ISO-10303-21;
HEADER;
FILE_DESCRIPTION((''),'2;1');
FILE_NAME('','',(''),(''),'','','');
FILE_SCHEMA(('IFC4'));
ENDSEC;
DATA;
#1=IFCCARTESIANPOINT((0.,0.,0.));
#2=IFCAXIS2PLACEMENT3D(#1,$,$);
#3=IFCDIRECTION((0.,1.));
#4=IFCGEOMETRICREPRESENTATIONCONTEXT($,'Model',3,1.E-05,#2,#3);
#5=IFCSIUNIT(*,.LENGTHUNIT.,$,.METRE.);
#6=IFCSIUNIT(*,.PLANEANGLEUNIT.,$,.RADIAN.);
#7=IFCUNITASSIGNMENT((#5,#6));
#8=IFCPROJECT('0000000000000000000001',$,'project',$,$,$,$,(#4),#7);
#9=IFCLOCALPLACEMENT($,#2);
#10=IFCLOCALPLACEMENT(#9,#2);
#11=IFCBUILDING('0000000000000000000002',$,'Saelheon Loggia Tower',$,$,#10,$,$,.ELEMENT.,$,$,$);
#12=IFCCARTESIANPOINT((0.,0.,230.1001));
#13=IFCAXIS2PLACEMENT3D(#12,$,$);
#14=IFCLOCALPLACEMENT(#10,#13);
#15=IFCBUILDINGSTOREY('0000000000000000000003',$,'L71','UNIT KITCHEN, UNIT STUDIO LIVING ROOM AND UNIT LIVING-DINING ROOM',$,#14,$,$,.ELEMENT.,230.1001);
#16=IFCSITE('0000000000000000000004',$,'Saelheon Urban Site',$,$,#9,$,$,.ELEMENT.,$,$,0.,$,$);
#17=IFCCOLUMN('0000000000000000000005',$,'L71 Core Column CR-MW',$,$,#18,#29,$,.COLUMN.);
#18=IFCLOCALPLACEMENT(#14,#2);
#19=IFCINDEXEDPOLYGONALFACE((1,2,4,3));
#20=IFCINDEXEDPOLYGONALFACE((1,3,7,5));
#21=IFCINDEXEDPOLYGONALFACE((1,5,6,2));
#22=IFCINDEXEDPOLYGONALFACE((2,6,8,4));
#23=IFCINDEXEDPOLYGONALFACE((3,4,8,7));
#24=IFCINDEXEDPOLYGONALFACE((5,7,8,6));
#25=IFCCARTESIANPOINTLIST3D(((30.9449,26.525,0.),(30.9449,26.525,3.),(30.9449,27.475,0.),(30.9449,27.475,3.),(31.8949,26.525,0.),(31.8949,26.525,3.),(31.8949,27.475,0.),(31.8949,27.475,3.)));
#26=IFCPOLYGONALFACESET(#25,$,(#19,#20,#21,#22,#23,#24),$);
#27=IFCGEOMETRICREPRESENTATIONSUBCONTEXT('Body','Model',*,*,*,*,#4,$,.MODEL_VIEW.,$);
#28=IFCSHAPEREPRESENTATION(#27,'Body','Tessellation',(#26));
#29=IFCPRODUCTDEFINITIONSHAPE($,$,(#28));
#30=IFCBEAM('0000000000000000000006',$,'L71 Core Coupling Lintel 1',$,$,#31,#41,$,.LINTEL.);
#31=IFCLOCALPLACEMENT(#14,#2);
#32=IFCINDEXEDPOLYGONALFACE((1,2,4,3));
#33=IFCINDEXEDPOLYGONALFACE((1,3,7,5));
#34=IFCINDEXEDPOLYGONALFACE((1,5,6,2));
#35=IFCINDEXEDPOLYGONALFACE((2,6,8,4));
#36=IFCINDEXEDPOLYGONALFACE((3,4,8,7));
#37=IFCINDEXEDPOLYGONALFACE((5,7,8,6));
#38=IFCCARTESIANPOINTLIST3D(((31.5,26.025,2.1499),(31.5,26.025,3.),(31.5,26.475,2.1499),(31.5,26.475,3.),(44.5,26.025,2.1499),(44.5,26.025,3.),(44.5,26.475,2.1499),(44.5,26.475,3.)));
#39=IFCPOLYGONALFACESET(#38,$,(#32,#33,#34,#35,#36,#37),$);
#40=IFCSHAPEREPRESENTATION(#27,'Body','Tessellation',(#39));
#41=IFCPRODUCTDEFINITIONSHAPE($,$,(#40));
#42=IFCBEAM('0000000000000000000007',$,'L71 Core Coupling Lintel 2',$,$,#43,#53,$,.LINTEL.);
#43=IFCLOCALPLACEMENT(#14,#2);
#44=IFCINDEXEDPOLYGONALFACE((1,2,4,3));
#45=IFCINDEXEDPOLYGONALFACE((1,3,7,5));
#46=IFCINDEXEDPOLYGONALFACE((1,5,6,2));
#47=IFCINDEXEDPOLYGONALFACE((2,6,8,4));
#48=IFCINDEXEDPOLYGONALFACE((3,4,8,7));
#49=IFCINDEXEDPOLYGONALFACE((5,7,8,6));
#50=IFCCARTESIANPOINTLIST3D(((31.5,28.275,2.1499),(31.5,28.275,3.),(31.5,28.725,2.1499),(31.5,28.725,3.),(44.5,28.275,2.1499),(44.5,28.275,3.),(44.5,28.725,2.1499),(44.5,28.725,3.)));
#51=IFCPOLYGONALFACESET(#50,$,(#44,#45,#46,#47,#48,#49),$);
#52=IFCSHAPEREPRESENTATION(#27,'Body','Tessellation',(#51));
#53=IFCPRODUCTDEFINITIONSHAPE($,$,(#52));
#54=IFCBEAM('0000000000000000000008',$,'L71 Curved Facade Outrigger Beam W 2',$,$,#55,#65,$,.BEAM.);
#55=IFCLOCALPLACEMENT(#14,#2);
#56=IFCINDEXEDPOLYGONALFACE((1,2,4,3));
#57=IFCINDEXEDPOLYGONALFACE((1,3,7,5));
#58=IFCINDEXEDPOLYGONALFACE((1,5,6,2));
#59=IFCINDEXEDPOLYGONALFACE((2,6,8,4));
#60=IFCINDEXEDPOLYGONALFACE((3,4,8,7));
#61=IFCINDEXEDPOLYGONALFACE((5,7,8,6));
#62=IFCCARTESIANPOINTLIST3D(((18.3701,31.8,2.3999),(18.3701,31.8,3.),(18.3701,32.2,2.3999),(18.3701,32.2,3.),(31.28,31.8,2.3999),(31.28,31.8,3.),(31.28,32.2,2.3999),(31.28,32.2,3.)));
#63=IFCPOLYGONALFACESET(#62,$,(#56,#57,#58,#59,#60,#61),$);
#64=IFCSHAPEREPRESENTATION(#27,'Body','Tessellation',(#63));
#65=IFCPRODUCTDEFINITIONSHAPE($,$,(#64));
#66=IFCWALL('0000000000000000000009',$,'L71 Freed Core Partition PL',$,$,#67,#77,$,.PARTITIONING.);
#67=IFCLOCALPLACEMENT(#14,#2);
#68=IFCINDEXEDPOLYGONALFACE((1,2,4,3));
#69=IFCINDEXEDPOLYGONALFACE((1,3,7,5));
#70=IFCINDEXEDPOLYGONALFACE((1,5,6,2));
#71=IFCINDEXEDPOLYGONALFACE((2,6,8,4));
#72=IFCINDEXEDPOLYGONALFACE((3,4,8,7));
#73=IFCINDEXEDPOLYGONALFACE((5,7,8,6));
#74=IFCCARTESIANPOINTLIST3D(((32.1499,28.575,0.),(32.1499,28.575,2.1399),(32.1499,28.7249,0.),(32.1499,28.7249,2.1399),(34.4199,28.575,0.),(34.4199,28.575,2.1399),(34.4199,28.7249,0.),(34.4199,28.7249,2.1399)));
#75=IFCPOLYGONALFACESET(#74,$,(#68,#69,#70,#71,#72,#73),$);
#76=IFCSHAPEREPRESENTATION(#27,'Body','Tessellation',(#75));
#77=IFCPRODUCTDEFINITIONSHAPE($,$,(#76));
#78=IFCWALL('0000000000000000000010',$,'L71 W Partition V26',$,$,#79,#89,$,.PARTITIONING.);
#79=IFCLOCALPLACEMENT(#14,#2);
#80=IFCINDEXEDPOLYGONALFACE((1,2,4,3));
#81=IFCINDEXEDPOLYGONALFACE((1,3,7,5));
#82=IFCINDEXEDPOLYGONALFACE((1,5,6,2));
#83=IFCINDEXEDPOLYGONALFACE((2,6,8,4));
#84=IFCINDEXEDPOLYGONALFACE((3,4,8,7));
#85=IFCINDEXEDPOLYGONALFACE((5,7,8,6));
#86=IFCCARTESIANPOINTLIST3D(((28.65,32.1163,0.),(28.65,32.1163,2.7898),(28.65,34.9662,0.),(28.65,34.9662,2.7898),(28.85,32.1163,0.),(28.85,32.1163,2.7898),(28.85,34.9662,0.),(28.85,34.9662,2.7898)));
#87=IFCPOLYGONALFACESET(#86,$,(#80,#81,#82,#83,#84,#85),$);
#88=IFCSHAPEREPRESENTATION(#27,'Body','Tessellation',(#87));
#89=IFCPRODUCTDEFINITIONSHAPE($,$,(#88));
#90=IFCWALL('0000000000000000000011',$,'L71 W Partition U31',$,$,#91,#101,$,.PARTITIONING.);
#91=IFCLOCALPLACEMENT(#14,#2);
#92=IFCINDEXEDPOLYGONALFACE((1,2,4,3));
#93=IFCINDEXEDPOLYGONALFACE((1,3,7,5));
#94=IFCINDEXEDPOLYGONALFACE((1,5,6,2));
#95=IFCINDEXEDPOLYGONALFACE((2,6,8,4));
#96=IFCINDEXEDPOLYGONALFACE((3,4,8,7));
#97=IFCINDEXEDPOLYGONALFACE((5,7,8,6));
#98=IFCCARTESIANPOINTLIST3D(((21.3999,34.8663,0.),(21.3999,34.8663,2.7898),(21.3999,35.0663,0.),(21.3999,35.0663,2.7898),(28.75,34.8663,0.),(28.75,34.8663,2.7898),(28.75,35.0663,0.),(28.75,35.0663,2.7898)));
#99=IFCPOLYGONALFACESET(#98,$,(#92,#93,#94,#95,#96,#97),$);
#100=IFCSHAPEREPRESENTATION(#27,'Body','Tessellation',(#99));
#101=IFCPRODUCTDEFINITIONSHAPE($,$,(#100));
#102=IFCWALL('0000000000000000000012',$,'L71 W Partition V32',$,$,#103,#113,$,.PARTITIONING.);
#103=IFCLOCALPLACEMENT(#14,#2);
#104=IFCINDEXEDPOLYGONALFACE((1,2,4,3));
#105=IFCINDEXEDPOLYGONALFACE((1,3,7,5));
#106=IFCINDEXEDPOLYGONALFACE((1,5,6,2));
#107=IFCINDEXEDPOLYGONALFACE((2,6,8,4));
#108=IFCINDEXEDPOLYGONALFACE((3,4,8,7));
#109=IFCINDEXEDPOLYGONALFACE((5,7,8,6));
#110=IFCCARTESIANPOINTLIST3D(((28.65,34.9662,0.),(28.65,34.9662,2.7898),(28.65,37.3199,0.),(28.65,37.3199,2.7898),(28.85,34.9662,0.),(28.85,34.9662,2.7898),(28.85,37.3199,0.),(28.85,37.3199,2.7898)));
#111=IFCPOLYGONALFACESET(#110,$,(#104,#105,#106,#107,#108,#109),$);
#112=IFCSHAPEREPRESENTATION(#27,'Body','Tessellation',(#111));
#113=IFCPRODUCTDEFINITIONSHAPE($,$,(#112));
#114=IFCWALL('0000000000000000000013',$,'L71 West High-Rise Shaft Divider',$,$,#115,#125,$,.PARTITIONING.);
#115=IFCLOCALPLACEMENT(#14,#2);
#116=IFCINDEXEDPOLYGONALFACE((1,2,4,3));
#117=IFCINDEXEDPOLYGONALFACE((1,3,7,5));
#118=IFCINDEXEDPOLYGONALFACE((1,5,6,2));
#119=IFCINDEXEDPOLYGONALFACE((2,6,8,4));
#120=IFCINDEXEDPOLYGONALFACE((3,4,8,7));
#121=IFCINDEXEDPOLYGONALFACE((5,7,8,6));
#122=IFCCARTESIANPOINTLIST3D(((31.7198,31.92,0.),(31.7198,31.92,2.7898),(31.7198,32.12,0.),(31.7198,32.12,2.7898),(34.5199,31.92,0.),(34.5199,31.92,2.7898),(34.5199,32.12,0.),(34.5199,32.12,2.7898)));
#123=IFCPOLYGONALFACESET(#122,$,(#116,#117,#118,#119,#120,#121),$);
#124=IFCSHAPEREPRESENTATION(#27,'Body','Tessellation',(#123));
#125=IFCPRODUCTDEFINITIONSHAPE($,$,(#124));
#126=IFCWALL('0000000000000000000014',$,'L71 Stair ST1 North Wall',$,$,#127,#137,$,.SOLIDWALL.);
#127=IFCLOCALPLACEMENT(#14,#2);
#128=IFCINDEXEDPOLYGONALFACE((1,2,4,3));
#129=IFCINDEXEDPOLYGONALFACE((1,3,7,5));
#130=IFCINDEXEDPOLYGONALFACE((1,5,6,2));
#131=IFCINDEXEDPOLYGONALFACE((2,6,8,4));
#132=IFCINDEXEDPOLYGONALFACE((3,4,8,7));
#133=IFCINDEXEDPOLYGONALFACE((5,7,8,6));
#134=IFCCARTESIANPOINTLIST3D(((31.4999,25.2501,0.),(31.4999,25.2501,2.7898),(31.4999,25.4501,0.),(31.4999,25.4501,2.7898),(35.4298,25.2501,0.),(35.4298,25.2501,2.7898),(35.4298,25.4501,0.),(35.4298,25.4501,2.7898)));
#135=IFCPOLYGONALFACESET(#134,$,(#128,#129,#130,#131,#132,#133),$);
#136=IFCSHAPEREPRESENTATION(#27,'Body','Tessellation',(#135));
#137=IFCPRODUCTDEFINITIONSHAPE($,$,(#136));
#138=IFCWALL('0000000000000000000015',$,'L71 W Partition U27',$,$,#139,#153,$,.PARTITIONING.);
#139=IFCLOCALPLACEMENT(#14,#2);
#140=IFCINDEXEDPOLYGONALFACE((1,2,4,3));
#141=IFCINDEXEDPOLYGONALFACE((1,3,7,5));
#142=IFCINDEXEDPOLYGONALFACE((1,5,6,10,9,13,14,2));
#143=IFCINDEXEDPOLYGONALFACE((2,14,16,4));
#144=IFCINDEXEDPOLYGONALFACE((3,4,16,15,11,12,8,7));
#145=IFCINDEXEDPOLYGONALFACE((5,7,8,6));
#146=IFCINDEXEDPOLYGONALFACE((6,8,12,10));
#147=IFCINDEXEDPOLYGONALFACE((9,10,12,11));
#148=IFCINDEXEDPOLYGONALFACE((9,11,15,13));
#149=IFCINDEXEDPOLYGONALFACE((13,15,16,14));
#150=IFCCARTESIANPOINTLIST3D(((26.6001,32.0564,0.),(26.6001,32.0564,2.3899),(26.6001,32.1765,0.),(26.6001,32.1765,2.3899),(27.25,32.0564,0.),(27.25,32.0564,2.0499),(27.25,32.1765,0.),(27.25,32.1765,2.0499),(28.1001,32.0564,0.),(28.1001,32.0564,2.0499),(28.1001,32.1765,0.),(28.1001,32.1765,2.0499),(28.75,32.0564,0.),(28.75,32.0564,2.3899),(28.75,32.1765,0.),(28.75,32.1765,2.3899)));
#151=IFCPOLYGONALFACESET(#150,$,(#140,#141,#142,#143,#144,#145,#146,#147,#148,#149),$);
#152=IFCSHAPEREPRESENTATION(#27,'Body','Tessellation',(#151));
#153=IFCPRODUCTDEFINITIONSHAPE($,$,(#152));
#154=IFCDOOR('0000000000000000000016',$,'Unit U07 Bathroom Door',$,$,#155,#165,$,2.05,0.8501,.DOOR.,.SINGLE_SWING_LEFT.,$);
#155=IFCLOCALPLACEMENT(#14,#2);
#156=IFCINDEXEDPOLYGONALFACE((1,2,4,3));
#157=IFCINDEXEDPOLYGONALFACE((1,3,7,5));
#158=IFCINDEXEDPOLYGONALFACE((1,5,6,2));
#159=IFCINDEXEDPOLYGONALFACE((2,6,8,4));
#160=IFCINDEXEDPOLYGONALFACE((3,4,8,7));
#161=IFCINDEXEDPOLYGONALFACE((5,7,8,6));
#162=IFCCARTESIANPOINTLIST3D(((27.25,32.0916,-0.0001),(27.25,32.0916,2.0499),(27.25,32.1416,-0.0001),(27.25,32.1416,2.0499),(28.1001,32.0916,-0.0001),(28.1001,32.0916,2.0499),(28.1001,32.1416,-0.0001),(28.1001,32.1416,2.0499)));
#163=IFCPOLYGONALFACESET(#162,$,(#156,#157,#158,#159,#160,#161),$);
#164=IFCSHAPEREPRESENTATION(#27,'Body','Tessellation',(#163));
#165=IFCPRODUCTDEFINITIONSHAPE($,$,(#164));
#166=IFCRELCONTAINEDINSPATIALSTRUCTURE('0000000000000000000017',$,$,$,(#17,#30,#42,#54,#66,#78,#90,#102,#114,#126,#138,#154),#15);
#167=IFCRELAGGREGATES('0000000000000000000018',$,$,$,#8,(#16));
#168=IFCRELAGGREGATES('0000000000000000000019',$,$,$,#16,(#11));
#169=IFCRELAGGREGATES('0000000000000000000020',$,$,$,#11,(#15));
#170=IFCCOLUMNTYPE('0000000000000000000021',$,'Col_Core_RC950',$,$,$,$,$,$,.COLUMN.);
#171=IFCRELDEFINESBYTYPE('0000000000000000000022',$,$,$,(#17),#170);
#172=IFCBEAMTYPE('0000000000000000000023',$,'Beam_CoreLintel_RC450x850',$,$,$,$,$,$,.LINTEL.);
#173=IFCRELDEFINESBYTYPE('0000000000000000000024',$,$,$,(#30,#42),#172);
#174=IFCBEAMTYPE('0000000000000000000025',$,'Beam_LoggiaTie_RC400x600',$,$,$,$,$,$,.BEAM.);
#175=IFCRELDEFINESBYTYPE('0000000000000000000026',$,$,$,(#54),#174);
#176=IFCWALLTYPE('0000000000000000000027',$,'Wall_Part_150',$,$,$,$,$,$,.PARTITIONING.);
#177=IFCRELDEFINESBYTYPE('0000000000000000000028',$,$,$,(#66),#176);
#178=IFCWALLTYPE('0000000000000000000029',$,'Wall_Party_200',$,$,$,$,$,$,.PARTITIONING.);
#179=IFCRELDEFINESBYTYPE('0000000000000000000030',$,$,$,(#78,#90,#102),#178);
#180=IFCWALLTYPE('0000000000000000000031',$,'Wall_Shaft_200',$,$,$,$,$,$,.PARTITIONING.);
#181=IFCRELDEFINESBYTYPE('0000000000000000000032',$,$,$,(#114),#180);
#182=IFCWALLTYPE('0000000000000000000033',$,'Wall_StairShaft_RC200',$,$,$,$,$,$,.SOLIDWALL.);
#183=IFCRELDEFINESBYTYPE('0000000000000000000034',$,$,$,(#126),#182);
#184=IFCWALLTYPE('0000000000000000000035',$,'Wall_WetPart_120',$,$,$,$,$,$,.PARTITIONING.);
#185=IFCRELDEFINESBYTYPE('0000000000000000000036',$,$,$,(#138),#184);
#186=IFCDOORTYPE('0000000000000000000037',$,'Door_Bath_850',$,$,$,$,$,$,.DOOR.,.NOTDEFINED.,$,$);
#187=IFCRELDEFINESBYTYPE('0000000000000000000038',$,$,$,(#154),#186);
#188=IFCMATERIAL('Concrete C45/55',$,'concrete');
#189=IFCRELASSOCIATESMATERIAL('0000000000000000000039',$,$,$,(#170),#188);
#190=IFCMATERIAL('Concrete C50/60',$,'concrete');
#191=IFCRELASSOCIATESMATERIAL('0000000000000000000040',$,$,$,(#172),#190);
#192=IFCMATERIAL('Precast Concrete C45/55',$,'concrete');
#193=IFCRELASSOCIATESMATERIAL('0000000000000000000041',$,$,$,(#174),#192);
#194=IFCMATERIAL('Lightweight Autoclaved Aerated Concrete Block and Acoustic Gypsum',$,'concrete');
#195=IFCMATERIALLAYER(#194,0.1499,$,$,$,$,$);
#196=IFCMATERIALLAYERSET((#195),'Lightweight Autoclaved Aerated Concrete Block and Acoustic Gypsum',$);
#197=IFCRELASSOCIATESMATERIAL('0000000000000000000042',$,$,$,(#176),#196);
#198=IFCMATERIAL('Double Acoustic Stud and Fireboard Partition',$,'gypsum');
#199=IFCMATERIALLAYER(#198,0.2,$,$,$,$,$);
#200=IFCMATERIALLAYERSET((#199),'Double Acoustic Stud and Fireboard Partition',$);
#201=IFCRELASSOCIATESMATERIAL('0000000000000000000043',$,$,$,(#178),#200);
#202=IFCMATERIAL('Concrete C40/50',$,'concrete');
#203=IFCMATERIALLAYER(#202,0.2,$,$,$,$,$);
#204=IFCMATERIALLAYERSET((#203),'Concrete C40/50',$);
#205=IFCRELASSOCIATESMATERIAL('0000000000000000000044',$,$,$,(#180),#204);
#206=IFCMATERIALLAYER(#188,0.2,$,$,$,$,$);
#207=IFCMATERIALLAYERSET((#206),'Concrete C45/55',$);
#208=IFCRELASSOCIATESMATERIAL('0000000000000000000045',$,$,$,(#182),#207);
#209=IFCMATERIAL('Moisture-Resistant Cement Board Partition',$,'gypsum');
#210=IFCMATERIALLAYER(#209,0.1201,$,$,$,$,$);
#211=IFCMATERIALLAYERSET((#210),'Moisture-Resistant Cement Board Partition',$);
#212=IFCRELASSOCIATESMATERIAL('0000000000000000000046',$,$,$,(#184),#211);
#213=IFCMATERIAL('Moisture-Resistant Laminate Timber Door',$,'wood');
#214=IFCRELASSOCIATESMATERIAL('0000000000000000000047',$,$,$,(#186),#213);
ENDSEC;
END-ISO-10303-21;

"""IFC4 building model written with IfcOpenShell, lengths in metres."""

from ifc_helpers import new_model, si_unit, direction, frame, frame_2d, origin, origin_2d, place, context, subcontext, project, spatial, rectangle, extrude, source, transform, mapped, material, layer, layer_set, material_profile, profile_set, type_object, element, fill, save


model = new_model("IFC4")

# Units and contexts
model_context = context("Model", 3, precision=1e-05, world=origin(), true_north=direction((0.0, 1.0)))
body_context = subcontext(model_context, "Body", "Model", "MODEL_VIEW")
ifc_project = project(units=[si_unit("LENGTHUNIT", "METRE"), si_unit("PLANEANGLEUNIT", "RADIAN")], contexts=[model_context])

# Site, building, storey
site_placement = place(None, origin())
site = spatial("IfcSite", under=ifc_project, at=site_placement, Name="Saelheon Urban Site", CompositionType="ELEMENT", RefElevation=0.0)
building_placement = place(site_placement, origin())
building = spatial("IfcBuilding", under=site, at=building_placement, Name="Saelheon Loggia Tower", CompositionType="ELEMENT")
storey_placement = place(building_placement, frame((0.0, 0.0, 230.1001)))
storey = spatial("IfcBuildingStorey", under=building, at=storey_placement, Name="L71", Description="UNIT KITCHEN, UNIT STUDIO LIVING ROOM AND UNIT LIVING-DINING ROOM", CompositionType="ELEMENT", Elevation=230.1001)

# Column
ifc_material_1 = material(Name="Concrete C45/55", Category="concrete")
ifc_material_profile_1 = material_profile(ifc_material_1, rectangle(XDim=0.95, YDim=0.95, at=origin_2d()), Name="RC-950x950")
ifc_profile_set_1 = profile_set([ifc_material_profile_1], Name="Concrete C45/55")
column_type = type_object("IfcColumnType", Name="Col_Core_RC950", PredefinedType="COLUMN", material=ifc_profile_set_1)
shared_shape_1 = source(origin(), body_context, "Body", "SweptSolid", [
    extrude(rectangle(XDim=0.95, YDim=0.95, at=origin_2d()), origin(), (0.0, 0.0, 1.0), 3.0),
])
column_placement = place(storey_placement, frame((31.4199, 27.0, 0.0), z_axis=(0.0, 0.0, 1.0), x_axis=(1.0, 0.0, 0.0)))
element("IfcColumn", 1, at=column_placement, inside=storey, type_object=column_type, Name="L71 Core Column CR-MW", PredefinedType="COLUMN", context=body_context, shape_type="MappedRepresentation", body=[
    mapped(shared_shape_1, transform((0.0, 0.0, 0.0), scale=1.0)),
])

# Beams
ifc_material_2 = material(Name="Concrete C50/60", Category="concrete")
ifc_material_profile_2 = material_profile(ifc_material_2, rectangle(XDim=0.45, YDim=0.8501, at=origin_2d()), Name="RC-450x850")
ifc_profile_set_2 = profile_set([ifc_material_profile_2], Name="Concrete C50/60")
beam_type_1 = type_object("IfcBeamType", Name="Beam_CoreLintel_RC450x850", PredefinedType="LINTEL", material=ifc_profile_set_2)
shared_shape_2 = source(origin(), body_context, "Body", "SweptSolid", [
    extrude(rectangle(XDim=0.45, YDim=0.8501, at=origin_2d()), origin(), (0.0, 0.0, 1.0), 13.0),
])
for number, where, z_axis, x_axis, name in (
    (2, (31.5, 26.25, 2.575), (1.0, 0.0, 0.0), (0.0, 1.0, 0.0), "L71 Core Coupling Lintel 1"),
    (3, (31.5, 28.5, 2.575), (1.0, 0.0, 0.0), (0.0, 1.0, 0.0), "L71 Core Coupling Lintel 2"),
):
    element("IfcBeam", number, at=place(storey_placement, frame(where, z_axis=z_axis, x_axis=x_axis)), inside=storey, type_object=beam_type_1, Name=name, PredefinedType="LINTEL", context=body_context, shape_type="MappedRepresentation", body=[
        mapped(shared_shape_2, transform((0.0, 0.0, 0.0), scale=1.0)),
    ])
ifc_material_3 = material(Name="Precast Concrete C45/55", Category="concrete")
ifc_material_profile_3 = material_profile(ifc_material_3, rectangle(XDim=0.3999, YDim=0.6001, at=origin_2d()), Name="RC-400x600")
ifc_profile_set_3 = profile_set([ifc_material_profile_3], Name="Precast Concrete C45/55")
beam_type_2 = type_object("IfcBeamType", Name="Beam_LoggiaTie_RC400x600", PredefinedType="BEAM", material=ifc_profile_set_3)
shared_shape_3 = source(origin(), body_context, "Body", "SweptSolid", [
    extrude(rectangle(XDim=0.3999, YDim=0.6001, at=origin_2d()), origin(), (0.0, 0.0, 1.0), 12.9099),
])
beam_placement = place(storey_placement, frame((31.28, 32.0, 2.7), z_axis=(-1.0, 0.0, 0.0), x_axis=(0.0, -1.0, 0.0)))
element("IfcBeam", 4, at=beam_placement, inside=storey, type_object=beam_type_2, Name="L71 Curved Facade Outrigger Beam W 2", PredefinedType="BEAM", context=body_context, shape_type="MappedRepresentation", body=[
    mapped(shared_shape_3, transform((0.0, 0.0, 0.0), scale=1.0)),
])

# Walls
ifc_material_4 = material(Name="Lightweight Autoclaved Aerated Concrete Block and Acoustic Gypsum", Category="concrete")
ifc_layer_1 = layer(ifc_material_4, 0.1499)
ifc_layer_set_1 = layer_set([ifc_layer_1], Name="Lightweight Autoclaved Aerated Concrete Block and Acoustic Gypsum")
wall_type_1 = type_object("IfcWallType", Name="Wall_Part_150", PredefinedType="PARTITIONING", material=ifc_layer_set_1)
wall_1_placement = place(storey_placement, frame((32.1499, 28.6499, 0.0), z_axis=(0.0, 0.0, 1.0), x_axis=(1.0, 0.0, 0.0)))
element("IfcWall", 5, at=wall_1_placement, inside=storey, type_object=wall_type_1, Name="L71 Freed Core Partition PL", PredefinedType="PARTITIONING", context=body_context, shape_type="SweptSolid", body=[
    extrude(rectangle(XDim=2.27, YDim=0.1499, at=frame_2d((1.135, 0.0))), origin(), (0.0, 0.0, 1.0), 2.1399),
])
ifc_material_5 = material(Name="Double Acoustic Stud and Fireboard Partition", Category="gypsum")
ifc_layer_2 = layer(ifc_material_5, 0.2)
ifc_layer_set_2 = layer_set([ifc_layer_2], Name="Double Acoustic Stud and Fireboard Partition")
wall_type_2 = type_object("IfcWallType", Name="Wall_Party_200", PredefinedType="PARTITIONING", material=ifc_layer_set_2)
wall_2_placement = place(storey_placement, frame((28.75, 32.1165, 0.0), z_axis=(0.0, 0.0, 1.0), x_axis=(0.0, 1.0, 0.0)))
element("IfcWall", 6, at=wall_2_placement, inside=storey, type_object=wall_type_2, Name="L71 W Partition V26", PredefinedType="PARTITIONING", context=body_context, shape_type="SweptSolid", body=[
    extrude(rectangle(XDim=2.8499, YDim=0.2, at=frame_2d((1.4248, 0.0))), origin(), (0.0, 0.0, 1.0), 2.7898),
])
wall_3_placement = place(storey_placement, frame((28.75, 34.9663, 0.0), z_axis=(0.0, 0.0, 1.0), x_axis=(-1.0, 0.0, 0.0)))
element("IfcWall", 7, at=wall_3_placement, inside=storey, type_object=wall_type_2, Name="L71 W Partition U31", PredefinedType="PARTITIONING", context=body_context, shape_type="SweptSolid", body=[
    extrude(rectangle(XDim=7.3501, YDim=0.2, at=frame_2d((3.675, 0.0))), origin(), (0.0, 0.0, 1.0), 2.7898),
])
wall_4_placement = place(storey_placement, frame((28.75, 34.9663, 0.0), z_axis=(0.0, 0.0, 1.0), x_axis=(0.0, 1.0, 0.0)))
element("IfcWall", 8, at=wall_4_placement, inside=storey, type_object=wall_type_2, Name="L71 W Partition V32", PredefinedType="PARTITIONING", context=body_context, shape_type="SweptSolid", body=[
    extrude(rectangle(XDim=2.3538, YDim=0.2, at=frame_2d((1.1768, 0.0))), origin(), (0.0, 0.0, 1.0), 2.7898),
])
ifc_material_6 = material(Name="Concrete C40/50", Category="concrete")
ifc_layer_3 = layer(ifc_material_6, 0.2)
ifc_layer_set_3 = layer_set([ifc_layer_3], Name="Concrete C40/50")
wall_type_3 = type_object("IfcWallType", Name="Wall_Shaft_200", PredefinedType="PARTITIONING", material=ifc_layer_set_3)
wall_5_placement = place(storey_placement, frame((31.72, 32.02, 0.0), z_axis=(0.0, 0.0, 1.0), x_axis=(1.0, 0.0, 0.0)))
element("IfcWall", 9, at=wall_5_placement, inside=storey, type_object=wall_type_3, Name="L71 West High-Rise Shaft Divider", PredefinedType="PARTITIONING", context=body_context, shape_type="SweptSolid", body=[
    extrude(rectangle(XDim=2.8, YDim=0.2, at=frame_2d((1.3999, 0.0))), origin(), (0.0, 0.0, 1.0), 2.7898),
])
ifc_layer_4 = layer(ifc_material_1, 0.2)
ifc_layer_set_4 = layer_set([ifc_layer_4], Name="Concrete C45/55")
wall_type_4 = type_object("IfcWallType", Name="Wall_StairShaft_RC200", PredefinedType="SOLIDWALL", material=ifc_layer_set_4)
wall_6_placement = place(storey_placement, frame((31.5, 25.3501, 0.0), z_axis=(0.0, 0.0, 1.0), x_axis=(1.0, 0.0, 0.0)))
element("IfcWall", 10, at=wall_6_placement, inside=storey, type_object=wall_type_4, Name="L71 Stair ST1 North Wall", PredefinedType="SOLIDWALL", context=body_context, shape_type="SweptSolid", body=[
    extrude(rectangle(XDim=3.9299, YDim=0.2, at=frame_2d((1.9648, 0.0))), origin(), (0.0, 0.0, 1.0), 2.7898),
])

# Wall, opening, door
ifc_material_7 = material(Name="Moisture-Resistant Cement Board Partition", Category="gypsum")
ifc_layer_5 = layer(ifc_material_7, 0.1201)
ifc_layer_set_5 = layer_set([ifc_layer_5], Name="Moisture-Resistant Cement Board Partition")
wall_type_5 = type_object("IfcWallType", Name="Wall_WetPart_120", PredefinedType="PARTITIONING", material=ifc_layer_set_5)
wall_7_placement = place(storey_placement, frame((28.75, 32.1165, 0.0), z_axis=(0.0, 0.0, 1.0), x_axis=(-1.0, 0.0, 0.0)))
wall_7 = element("IfcWall", 11, at=wall_7_placement, inside=storey, type_object=wall_type_5, Name="L71 W Partition U27", PredefinedType="PARTITIONING", context=body_context, shape_type="SweptSolid", body=[
    extrude(rectangle(XDim=2.1499, YDim=0.1201, at=frame_2d((1.075, 0.0))), origin(), (0.0, 0.0, 1.0), 2.3899),
])
opening_1_placement = place(wall_7_placement, frame((0.6499, 0.0, 0.0)))
opening_1 = element("IfcOpeningElement", 12, at=opening_1_placement, cuts=wall_7, PredefinedType="OPENING", context=body_context, shape_type="SweptSolid", body=[
    extrude(rectangle(XDim=0.8501, YDim=2.05, at=frame_2d((0.425, 1.0249))), frame((0.0, 0.072, 0.0), z_axis=(0.0, -1.0, 0.0), x_axis=(1.0, 0.0, 0.0)), (0.0, 0.0, 1.0), 0.144),
])
ifc_material_8 = material(Name="Moisture-Resistant Laminate Timber Door", Category="wood")
door_type_1 = type_object("IfcDoorType", Name="Door_Bath_850", OperationType="NOTDEFINED", PredefinedType="DOOR", material=ifc_material_8)
shared_shape_4 = source(origin(), body_context, "Body", "SweptSolid", [
    extrude(rectangle(XDim=0.8501, YDim=2.05, at=frame_2d((0.425, 1.0249))), frame((0.0, 0.0249, 0.0), z_axis=(0.0, -1.0, 0.0), x_axis=(1.0, 0.0, 0.0)), (0.0, 0.0, 1.0), 0.05),
])
door_1_placement = place(opening_1_placement, origin())
door_1 = element("IfcDoor", 13, at=door_1_placement, inside=storey, type_object=door_type_1, Name="Unit U07 Bathroom Door", OperationType="SINGLE_SWING_LEFT", OverallHeight=2.05, OverallWidth=0.8501, PredefinedType="DOOR", context=body_context, shape_type="MappedRepresentation", body=[
    mapped(shared_shape_4, transform((0.0, 0.0, 0.0), scale=1.0)),
])
fill(opening_1, door_1)

save(model, "model.ifc")
